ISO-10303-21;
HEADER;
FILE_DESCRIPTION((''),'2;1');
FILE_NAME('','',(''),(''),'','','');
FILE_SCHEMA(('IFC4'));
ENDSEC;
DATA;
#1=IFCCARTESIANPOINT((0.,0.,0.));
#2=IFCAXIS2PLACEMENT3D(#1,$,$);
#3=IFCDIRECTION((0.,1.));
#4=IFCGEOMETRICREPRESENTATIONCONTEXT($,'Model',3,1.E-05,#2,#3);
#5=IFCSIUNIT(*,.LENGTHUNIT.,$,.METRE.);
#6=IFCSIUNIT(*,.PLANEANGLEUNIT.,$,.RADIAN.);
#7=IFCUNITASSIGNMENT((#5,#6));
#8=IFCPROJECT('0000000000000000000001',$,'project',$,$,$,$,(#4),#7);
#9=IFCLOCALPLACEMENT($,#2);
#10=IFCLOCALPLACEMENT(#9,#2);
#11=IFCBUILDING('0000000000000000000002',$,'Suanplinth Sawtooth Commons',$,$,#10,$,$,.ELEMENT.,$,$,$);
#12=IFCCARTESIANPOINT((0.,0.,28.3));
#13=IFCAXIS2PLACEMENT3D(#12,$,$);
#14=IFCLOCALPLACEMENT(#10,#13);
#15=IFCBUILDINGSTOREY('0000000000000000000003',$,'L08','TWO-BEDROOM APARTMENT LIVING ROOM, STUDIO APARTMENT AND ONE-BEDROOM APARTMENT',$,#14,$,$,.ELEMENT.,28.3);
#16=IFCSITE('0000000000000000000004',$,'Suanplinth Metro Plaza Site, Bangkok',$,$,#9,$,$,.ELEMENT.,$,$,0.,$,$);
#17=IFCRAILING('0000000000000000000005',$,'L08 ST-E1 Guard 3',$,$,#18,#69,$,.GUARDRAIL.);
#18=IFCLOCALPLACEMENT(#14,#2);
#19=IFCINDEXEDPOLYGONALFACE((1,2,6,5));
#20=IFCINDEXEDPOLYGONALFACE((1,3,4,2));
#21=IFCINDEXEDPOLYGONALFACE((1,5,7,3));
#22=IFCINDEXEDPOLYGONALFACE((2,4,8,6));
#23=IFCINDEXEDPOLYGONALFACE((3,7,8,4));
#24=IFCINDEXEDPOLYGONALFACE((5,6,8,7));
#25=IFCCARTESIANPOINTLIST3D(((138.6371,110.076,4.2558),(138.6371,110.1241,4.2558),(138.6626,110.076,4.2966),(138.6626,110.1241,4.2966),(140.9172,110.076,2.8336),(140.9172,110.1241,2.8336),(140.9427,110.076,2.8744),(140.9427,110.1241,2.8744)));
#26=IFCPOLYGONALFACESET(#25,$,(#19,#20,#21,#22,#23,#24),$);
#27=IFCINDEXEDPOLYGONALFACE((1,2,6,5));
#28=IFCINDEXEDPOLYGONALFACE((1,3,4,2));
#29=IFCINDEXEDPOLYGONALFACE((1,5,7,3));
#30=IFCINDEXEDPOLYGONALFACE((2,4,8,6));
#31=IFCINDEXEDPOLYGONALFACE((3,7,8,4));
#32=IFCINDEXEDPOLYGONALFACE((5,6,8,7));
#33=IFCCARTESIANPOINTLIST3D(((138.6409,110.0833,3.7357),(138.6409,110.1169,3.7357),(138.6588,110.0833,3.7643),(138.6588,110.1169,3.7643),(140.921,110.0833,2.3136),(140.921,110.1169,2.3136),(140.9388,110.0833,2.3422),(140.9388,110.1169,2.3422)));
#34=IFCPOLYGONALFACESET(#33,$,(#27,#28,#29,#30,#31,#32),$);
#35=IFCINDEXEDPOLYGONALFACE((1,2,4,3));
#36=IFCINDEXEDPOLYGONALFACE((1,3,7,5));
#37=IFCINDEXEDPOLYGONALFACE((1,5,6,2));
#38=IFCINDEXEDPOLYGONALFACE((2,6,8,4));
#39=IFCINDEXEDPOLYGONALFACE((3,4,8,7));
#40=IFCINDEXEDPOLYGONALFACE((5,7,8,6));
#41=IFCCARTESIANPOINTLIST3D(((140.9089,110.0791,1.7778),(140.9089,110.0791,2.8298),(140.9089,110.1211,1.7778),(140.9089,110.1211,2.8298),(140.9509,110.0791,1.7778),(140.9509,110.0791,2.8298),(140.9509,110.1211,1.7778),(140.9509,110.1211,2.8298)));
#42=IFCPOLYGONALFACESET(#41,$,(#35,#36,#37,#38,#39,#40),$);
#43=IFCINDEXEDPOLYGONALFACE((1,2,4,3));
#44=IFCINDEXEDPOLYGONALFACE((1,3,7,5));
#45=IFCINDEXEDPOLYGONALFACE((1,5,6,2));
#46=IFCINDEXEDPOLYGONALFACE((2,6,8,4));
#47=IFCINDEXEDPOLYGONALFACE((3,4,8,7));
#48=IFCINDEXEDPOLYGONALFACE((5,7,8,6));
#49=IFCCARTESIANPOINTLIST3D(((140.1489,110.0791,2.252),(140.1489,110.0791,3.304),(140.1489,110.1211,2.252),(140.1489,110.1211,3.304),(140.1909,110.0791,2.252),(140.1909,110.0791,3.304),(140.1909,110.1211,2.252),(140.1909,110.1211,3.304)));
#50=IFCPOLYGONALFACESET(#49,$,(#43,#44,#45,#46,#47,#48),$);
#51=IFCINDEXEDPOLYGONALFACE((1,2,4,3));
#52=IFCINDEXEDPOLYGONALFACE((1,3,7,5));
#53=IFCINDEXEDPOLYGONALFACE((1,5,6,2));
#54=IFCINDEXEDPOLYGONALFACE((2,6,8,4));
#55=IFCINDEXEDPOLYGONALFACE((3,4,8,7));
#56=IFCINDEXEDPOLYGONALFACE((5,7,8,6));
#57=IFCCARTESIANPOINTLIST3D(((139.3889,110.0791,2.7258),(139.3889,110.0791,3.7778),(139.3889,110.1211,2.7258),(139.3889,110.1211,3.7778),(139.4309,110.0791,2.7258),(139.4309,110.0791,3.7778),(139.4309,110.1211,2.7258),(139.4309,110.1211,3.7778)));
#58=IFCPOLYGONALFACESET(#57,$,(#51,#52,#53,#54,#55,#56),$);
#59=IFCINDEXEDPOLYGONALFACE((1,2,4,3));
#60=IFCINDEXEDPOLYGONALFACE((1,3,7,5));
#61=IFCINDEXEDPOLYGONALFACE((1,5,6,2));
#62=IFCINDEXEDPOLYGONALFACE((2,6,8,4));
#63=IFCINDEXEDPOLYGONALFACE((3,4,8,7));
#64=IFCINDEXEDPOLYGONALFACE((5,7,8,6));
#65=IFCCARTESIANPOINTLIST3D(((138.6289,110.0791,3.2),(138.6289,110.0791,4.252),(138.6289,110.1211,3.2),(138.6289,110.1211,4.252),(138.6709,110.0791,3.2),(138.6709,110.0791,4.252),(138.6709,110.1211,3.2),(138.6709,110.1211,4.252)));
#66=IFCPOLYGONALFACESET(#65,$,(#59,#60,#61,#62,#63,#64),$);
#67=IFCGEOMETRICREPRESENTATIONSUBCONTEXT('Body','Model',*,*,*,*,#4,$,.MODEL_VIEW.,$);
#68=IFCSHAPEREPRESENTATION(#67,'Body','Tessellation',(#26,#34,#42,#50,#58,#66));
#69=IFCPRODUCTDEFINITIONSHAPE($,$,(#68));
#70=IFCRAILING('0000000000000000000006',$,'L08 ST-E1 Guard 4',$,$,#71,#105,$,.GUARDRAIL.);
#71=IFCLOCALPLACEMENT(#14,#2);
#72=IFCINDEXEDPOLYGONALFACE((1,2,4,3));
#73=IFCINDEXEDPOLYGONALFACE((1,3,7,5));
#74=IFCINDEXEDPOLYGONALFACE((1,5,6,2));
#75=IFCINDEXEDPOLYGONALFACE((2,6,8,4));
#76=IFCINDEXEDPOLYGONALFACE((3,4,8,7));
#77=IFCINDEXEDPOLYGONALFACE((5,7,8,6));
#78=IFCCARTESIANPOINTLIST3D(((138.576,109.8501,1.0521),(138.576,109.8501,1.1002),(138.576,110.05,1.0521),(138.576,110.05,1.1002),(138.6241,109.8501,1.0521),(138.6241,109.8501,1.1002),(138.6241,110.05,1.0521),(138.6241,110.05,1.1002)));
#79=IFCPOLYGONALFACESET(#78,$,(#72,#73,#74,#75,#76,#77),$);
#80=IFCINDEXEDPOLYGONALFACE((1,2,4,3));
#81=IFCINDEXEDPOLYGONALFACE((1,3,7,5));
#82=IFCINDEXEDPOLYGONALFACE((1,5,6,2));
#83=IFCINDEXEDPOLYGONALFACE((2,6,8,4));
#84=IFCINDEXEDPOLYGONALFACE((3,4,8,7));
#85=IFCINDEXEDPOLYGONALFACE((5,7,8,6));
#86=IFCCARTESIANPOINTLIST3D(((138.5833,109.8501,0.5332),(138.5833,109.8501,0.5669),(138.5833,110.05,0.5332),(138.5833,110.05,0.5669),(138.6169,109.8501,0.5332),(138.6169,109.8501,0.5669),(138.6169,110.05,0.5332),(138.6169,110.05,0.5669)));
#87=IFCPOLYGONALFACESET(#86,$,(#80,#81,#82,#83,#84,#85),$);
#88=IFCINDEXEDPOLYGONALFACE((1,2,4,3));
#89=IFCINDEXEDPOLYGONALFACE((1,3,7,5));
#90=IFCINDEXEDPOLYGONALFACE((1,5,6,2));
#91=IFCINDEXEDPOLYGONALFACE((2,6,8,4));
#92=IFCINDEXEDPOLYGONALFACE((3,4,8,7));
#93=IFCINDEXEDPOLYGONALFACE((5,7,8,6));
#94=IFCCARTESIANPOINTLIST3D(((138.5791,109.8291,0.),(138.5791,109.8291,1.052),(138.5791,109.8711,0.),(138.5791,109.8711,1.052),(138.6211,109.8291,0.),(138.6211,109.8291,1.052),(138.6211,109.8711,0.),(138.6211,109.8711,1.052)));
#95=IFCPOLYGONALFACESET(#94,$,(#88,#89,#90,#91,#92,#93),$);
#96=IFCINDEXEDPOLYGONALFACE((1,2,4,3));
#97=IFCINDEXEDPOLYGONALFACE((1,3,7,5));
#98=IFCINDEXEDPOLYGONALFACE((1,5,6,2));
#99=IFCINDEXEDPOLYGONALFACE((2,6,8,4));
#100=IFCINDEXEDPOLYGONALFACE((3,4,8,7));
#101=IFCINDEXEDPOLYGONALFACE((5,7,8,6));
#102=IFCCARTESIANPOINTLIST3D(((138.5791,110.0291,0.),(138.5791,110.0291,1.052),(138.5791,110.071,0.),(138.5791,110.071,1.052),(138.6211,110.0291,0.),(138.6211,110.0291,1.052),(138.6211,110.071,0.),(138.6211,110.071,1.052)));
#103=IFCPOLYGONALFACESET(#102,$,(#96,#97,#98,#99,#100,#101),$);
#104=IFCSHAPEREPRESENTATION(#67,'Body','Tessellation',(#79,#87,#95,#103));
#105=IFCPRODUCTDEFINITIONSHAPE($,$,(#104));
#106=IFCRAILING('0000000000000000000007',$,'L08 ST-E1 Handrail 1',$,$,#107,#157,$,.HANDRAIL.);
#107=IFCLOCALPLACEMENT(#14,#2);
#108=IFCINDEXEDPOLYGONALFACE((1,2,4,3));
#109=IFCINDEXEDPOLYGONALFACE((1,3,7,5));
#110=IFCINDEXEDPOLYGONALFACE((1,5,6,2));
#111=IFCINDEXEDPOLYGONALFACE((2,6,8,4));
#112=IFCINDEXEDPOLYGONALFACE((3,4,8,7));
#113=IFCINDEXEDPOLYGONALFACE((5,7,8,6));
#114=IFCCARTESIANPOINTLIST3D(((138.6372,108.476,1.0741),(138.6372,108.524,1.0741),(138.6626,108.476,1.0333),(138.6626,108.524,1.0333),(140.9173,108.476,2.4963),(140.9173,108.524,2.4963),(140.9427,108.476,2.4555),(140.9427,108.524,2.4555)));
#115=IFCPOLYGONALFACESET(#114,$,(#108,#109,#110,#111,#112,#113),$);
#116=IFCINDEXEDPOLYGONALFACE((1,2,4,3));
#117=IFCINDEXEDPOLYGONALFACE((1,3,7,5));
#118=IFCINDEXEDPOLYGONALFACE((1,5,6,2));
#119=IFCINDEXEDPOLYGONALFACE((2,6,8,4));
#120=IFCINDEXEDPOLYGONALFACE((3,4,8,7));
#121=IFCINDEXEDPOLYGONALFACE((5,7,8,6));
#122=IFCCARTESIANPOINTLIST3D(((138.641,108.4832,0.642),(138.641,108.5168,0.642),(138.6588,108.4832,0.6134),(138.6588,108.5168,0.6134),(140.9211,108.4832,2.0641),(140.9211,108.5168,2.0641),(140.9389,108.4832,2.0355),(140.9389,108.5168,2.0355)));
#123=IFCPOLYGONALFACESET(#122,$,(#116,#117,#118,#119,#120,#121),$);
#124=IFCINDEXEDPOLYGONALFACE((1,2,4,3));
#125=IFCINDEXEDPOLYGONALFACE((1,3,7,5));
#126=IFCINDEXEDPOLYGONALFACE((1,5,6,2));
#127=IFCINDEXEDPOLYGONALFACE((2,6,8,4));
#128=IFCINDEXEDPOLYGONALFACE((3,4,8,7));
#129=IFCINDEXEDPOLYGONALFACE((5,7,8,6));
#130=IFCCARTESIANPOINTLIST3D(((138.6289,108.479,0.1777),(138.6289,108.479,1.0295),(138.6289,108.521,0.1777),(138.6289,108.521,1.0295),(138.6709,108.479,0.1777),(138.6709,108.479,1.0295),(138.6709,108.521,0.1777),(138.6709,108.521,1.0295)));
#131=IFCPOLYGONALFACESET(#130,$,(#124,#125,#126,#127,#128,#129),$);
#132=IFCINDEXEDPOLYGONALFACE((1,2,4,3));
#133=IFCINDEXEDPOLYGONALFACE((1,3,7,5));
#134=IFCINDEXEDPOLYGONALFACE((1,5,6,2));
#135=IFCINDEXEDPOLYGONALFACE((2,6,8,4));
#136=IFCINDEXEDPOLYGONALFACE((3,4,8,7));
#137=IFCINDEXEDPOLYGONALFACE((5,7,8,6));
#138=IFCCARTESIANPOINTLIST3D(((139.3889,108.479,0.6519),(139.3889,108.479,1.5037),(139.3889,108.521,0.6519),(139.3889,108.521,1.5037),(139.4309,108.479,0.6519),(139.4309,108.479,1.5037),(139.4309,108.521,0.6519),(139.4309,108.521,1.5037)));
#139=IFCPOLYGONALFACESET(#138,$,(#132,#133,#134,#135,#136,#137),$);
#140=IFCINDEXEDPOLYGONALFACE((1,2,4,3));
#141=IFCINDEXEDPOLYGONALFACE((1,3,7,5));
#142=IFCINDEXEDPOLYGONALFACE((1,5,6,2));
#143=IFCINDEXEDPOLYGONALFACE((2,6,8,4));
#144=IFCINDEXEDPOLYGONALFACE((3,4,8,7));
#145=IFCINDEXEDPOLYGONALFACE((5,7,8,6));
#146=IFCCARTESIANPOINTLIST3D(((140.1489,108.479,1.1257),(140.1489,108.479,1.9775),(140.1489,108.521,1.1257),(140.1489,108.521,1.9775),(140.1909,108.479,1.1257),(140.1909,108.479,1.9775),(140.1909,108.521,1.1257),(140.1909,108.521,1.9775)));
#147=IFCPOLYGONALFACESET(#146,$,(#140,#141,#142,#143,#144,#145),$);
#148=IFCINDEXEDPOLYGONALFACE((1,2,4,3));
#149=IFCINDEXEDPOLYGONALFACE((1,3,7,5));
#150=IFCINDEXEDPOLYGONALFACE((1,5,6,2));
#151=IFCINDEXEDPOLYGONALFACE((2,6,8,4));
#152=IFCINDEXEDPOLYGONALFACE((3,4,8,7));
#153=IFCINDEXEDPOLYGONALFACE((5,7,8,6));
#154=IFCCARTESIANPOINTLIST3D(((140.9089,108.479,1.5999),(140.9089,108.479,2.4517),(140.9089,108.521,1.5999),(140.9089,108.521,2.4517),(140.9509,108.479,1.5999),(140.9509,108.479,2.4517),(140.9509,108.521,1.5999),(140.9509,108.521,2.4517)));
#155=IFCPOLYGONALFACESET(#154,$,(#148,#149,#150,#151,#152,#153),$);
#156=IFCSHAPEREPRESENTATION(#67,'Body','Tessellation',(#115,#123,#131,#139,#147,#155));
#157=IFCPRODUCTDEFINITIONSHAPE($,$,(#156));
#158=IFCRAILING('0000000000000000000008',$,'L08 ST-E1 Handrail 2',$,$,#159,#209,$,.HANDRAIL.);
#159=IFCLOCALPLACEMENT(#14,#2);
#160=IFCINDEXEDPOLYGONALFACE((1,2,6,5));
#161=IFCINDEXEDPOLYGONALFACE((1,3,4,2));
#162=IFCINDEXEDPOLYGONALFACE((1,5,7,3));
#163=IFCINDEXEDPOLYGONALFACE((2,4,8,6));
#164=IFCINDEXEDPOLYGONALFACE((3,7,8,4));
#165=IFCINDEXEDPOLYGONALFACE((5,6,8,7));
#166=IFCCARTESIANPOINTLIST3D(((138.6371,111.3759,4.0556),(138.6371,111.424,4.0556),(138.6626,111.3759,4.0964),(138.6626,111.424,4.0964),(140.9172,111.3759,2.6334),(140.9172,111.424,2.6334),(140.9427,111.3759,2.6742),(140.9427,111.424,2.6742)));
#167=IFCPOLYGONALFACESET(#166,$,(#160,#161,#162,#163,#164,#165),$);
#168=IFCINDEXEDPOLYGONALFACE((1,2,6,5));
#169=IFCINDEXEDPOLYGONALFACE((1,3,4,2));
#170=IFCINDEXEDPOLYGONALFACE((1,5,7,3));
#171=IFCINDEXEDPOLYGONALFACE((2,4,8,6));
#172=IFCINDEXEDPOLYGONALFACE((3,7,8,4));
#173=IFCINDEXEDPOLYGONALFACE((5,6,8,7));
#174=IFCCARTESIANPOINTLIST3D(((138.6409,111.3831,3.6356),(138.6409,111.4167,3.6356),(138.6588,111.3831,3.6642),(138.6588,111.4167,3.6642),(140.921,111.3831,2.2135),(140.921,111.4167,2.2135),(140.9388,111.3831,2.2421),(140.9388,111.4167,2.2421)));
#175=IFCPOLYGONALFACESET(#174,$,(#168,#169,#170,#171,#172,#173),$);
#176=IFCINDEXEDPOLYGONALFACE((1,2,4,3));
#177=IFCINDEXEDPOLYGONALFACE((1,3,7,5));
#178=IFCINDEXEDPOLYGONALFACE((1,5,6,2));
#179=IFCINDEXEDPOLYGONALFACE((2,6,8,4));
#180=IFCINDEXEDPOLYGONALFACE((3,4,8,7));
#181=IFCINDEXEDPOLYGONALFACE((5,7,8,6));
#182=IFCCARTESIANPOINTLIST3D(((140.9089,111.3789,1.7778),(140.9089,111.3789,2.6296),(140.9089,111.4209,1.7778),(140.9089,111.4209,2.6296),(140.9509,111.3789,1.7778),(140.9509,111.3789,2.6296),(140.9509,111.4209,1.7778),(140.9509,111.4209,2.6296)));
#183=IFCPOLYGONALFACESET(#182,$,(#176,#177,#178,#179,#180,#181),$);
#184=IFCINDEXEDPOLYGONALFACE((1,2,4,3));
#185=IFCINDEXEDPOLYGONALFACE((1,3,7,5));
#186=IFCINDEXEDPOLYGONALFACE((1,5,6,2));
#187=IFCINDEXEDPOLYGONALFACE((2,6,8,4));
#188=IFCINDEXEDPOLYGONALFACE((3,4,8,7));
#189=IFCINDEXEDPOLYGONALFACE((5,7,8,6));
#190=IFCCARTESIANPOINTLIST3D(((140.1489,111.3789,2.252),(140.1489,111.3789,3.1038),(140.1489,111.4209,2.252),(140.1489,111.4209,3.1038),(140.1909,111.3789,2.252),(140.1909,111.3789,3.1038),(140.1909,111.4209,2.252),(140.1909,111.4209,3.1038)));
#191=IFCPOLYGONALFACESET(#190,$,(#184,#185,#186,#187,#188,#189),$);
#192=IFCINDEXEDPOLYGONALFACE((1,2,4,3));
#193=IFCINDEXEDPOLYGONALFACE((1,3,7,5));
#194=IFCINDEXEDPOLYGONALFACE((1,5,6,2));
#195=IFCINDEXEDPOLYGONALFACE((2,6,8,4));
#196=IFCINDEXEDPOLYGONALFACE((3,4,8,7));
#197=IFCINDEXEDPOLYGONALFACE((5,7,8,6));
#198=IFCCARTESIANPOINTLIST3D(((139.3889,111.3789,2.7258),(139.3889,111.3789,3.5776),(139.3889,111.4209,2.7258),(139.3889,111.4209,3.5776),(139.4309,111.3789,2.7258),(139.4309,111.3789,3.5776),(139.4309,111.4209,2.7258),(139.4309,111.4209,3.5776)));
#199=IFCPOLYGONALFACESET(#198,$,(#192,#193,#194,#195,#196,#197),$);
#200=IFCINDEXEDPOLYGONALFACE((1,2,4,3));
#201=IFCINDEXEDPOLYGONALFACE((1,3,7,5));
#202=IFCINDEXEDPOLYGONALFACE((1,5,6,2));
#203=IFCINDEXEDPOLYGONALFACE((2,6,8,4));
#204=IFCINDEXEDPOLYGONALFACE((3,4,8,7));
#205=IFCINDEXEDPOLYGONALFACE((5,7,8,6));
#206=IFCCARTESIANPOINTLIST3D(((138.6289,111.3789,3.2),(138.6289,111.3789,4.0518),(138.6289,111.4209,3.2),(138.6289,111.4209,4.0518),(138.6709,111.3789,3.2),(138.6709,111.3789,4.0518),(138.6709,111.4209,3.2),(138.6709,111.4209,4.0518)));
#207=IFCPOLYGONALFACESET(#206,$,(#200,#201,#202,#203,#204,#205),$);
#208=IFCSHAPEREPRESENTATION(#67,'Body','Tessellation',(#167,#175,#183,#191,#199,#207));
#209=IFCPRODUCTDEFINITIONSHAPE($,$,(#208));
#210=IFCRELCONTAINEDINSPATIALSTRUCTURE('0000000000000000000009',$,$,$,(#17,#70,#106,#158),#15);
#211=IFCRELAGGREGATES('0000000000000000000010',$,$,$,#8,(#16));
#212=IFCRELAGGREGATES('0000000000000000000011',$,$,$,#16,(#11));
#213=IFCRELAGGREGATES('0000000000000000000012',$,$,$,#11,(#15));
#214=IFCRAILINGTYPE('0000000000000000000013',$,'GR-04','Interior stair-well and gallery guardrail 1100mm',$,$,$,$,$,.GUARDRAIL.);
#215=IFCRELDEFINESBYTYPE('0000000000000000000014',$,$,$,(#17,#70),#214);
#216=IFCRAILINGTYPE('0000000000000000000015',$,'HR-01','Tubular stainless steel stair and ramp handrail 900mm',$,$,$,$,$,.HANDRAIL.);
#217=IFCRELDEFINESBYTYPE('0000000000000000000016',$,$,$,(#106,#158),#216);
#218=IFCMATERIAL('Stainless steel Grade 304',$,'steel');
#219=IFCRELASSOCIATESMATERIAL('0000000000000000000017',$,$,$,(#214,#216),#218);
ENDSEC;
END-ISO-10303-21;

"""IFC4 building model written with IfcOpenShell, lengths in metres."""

from ifc_helpers import new_model, si_unit, direction, frame, origin, origin_2d, place, context, subcontext, project, spatial, rectangle, extrude, material, type_object, element, save


model = new_model("IFC4")

# Units and contexts
model_context = context("Model", 3, precision=1e-05, world=origin(), true_north=direction((0.0, 1.0)))
body_context = subcontext(model_context, "Body", "Model", "MODEL_VIEW")
ifc_project = project(units=[si_unit("LENGTHUNIT", "METRE"), si_unit("PLANEANGLEUNIT", "RADIAN")], contexts=[model_context])

# Site, building, storey
site_placement = place(None, origin())
site = spatial("IfcSite", under=ifc_project, at=site_placement, Name="Suanplinth Metro Plaza Site, Bangkok", CompositionType="ELEMENT", RefElevation=0.0)
building_placement = place(site_placement, origin())
building = spatial("IfcBuilding", under=site, at=building_placement, Name="Suanplinth Sawtooth Commons", CompositionType="ELEMENT")
storey_placement = place(building_placement, frame((0.0, 0.0, 28.3)))
storey = spatial("IfcBuildingStorey", under=building, at=storey_placement, Name="L08", Description="TWO-BEDROOM APARTMENT LIVING ROOM, STUDIO APARTMENT AND ONE-BEDROOM APARTMENT", CompositionType="ELEMENT", Elevation=28.3)

# Shared definitions
ifc_material_1 = material(Name="Stainless steel Grade 304", Category="steel")

# Railings
railing_type_1 = type_object("IfcRailingType", Name="GR-04", Description="Interior stair-well and gallery guardrail 1100mm", PredefinedType="GUARDRAIL", material=ifc_material_1)
railing_1_placement = place(storey_placement, frame((140.9299, 110.1001, 1.7778)))
element("IfcRailing", 1, at=railing_1_placement, inside=storey, type_object=railing_type_1, Name="L08 ST-E1 Guard 3", PredefinedType="GUARDRAIL", context=body_context, shape_type="SweptSolid", body=[
    extrude(rectangle(XDim=0.0481, YDim=0.0481, at=origin_2d()), frame((0.0, 0.0, 1.0762), z_axis=(-0.848483, 0.0, 0.529223), x_axis=(0.0, -1.0, 0.0)), (0.0, 0.0, 1.0), 2.6873),
    extrude(rectangle(XDim=0.0337, YDim=0.0337, at=origin_2d()), frame((0.0, 0.0, 0.55), z_axis=(-0.848483, 0.0, 0.529223), x_axis=(0.0, -1.0, 0.0)), (0.0, 0.0, 1.0), 2.6873),
    extrude(rectangle(XDim=0.042, YDim=0.042, at=origin_2d()), origin(), (0.0, 0.0, 1.0), 1.052),
    extrude(rectangle(XDim=0.042, YDim=0.042, at=origin_2d()), frame((-0.76, 0.0, 0.4741)), (0.0, 0.0, 1.0), 1.052),
    extrude(rectangle(XDim=0.042, YDim=0.042, at=origin_2d()), frame((-1.52, 0.0, 0.948)), (0.0, 0.0, 1.0), 1.052),
    extrude(rectangle(XDim=0.042, YDim=0.042, at=origin_2d()), frame((-2.28, 0.0, 1.4221)), (0.0, 0.0, 1.0), 1.052),
])
railing_2_placement = place(storey_placement, frame((138.6001, 109.8501, 0.0)))
element("IfcRailing", 2, at=railing_2_placement, inside=storey, type_object=railing_type_1, Name="L08 ST-E1 Guard 4", PredefinedType="GUARDRAIL", context=body_context, shape_type="SweptSolid", body=[
    extrude(rectangle(XDim=0.0481, YDim=0.0481, at=origin_2d()), frame((0.0, 0.0, 1.0762), z_axis=(0.0, 1.0, 0.0), x_axis=(-1.0, 0.0, 0.0)), (0.0, 0.0, 1.0), 0.2),
    extrude(rectangle(XDim=0.0337, YDim=0.0337, at=origin_2d()), frame((0.0, 0.0, 0.55), z_axis=(0.0, 1.0, 0.0), x_axis=(-1.0, 0.0, 0.0)), (0.0, 0.0, 1.0), 0.2),
    extrude(rectangle(XDim=0.042, YDim=0.042, at=origin_2d()), origin(), (0.0, 0.0, 1.0), 1.052),
    extrude(rectangle(XDim=0.042, YDim=0.042, at=origin_2d()), frame((0.0, 0.2, 0.0)), (0.0, 0.0, 1.0), 1.052),
])
railing_type_2 = type_object("IfcRailingType", Name="HR-01", Description="Tubular stainless steel stair and ramp handrail 900mm", PredefinedType="HANDRAIL", material=ifc_material_1)
railing_3_placement = place(storey_placement, frame((138.6499, 108.5, 0.1777)))
element("IfcRailing", 3, at=railing_3_placement, inside=storey, type_object=railing_type_2, Name="L08 ST-E1 Handrail 1", PredefinedType="HANDRAIL", context=body_context, shape_type="SweptSolid", body=[
    extrude(rectangle(XDim=0.0481, YDim=0.0481, at=origin_2d()), frame((0.0, 0.0, 0.876), z_axis=(0.848483, 0.0, 0.529223), x_axis=(0.0, 1.0, 0.0)), (0.0, 0.0, 1.0), 2.6873),
    extrude(rectangle(XDim=0.0337, YDim=0.0337, at=origin_2d()), frame((0.0, 0.0, 0.45), z_axis=(0.848483, 0.0, 0.529223), x_axis=(0.0, 1.0, 0.0)), (0.0, 0.0, 1.0), 2.6873),
    extrude(rectangle(XDim=0.042, YDim=0.042, at=origin_2d()), origin(), (0.0, 0.0, 1.0), 0.8518),
    extrude(rectangle(XDim=0.042, YDim=0.042, at=origin_2d()), frame((0.76, 0.0, 0.4741)), (0.0, 0.0, 1.0), 0.8518),
    extrude(rectangle(XDim=0.042, YDim=0.042, at=origin_2d()), frame((1.52, 0.0, 0.948)), (0.0, 0.0, 1.0), 0.8518),
    extrude(rectangle(XDim=0.042, YDim=0.042, at=origin_2d()), frame((2.28, 0.0, 1.4221)), (0.0, 0.0, 1.0), 0.8518),
])
railing_4_placement = place(storey_placement, frame((140.9299, 111.3999, 1.7778)))
element("IfcRailing", 4, at=railing_4_placement, inside=storey, type_object=railing_type_2, Name="L08 ST-E1 Handrail 2", PredefinedType="HANDRAIL", context=body_context, shape_type="SweptSolid", body=[
    extrude(rectangle(XDim=0.0481, YDim=0.0481, at=origin_2d()), frame((0.0, 0.0, 0.876), z_axis=(-0.848483, 0.0, 0.529223), x_axis=(0.0, -1.0, 0.0)), (0.0, 0.0, 1.0), 2.6873),
    extrude(rectangle(XDim=0.0337, YDim=0.0337, at=origin_2d()), frame((0.0, 0.0, 0.45), z_axis=(-0.848483, 0.0, 0.529223), x_axis=(0.0, -1.0, 0.0)), (0.0, 0.0, 1.0), 2.6873),
    extrude(rectangle(XDim=0.042, YDim=0.042, at=origin_2d()), origin(), (0.0, 0.0, 1.0), 0.8518),
    extrude(rectangle(XDim=0.042, YDim=0.042, at=origin_2d()), frame((-0.76, 0.0, 0.4741)), (0.0, 0.0, 1.0), 0.8518),
    extrude(rectangle(XDim=0.042, YDim=0.042, at=origin_2d()), frame((-1.52, 0.0, 0.948)), (0.0, 0.0, 1.0), 0.8518),
    extrude(rectangle(XDim=0.042, YDim=0.042, at=origin_2d()), frame((-2.28, 0.0, 1.4221)), (0.0, 0.0, 1.0), 0.8518),
])

save(model, "model.ifc")
